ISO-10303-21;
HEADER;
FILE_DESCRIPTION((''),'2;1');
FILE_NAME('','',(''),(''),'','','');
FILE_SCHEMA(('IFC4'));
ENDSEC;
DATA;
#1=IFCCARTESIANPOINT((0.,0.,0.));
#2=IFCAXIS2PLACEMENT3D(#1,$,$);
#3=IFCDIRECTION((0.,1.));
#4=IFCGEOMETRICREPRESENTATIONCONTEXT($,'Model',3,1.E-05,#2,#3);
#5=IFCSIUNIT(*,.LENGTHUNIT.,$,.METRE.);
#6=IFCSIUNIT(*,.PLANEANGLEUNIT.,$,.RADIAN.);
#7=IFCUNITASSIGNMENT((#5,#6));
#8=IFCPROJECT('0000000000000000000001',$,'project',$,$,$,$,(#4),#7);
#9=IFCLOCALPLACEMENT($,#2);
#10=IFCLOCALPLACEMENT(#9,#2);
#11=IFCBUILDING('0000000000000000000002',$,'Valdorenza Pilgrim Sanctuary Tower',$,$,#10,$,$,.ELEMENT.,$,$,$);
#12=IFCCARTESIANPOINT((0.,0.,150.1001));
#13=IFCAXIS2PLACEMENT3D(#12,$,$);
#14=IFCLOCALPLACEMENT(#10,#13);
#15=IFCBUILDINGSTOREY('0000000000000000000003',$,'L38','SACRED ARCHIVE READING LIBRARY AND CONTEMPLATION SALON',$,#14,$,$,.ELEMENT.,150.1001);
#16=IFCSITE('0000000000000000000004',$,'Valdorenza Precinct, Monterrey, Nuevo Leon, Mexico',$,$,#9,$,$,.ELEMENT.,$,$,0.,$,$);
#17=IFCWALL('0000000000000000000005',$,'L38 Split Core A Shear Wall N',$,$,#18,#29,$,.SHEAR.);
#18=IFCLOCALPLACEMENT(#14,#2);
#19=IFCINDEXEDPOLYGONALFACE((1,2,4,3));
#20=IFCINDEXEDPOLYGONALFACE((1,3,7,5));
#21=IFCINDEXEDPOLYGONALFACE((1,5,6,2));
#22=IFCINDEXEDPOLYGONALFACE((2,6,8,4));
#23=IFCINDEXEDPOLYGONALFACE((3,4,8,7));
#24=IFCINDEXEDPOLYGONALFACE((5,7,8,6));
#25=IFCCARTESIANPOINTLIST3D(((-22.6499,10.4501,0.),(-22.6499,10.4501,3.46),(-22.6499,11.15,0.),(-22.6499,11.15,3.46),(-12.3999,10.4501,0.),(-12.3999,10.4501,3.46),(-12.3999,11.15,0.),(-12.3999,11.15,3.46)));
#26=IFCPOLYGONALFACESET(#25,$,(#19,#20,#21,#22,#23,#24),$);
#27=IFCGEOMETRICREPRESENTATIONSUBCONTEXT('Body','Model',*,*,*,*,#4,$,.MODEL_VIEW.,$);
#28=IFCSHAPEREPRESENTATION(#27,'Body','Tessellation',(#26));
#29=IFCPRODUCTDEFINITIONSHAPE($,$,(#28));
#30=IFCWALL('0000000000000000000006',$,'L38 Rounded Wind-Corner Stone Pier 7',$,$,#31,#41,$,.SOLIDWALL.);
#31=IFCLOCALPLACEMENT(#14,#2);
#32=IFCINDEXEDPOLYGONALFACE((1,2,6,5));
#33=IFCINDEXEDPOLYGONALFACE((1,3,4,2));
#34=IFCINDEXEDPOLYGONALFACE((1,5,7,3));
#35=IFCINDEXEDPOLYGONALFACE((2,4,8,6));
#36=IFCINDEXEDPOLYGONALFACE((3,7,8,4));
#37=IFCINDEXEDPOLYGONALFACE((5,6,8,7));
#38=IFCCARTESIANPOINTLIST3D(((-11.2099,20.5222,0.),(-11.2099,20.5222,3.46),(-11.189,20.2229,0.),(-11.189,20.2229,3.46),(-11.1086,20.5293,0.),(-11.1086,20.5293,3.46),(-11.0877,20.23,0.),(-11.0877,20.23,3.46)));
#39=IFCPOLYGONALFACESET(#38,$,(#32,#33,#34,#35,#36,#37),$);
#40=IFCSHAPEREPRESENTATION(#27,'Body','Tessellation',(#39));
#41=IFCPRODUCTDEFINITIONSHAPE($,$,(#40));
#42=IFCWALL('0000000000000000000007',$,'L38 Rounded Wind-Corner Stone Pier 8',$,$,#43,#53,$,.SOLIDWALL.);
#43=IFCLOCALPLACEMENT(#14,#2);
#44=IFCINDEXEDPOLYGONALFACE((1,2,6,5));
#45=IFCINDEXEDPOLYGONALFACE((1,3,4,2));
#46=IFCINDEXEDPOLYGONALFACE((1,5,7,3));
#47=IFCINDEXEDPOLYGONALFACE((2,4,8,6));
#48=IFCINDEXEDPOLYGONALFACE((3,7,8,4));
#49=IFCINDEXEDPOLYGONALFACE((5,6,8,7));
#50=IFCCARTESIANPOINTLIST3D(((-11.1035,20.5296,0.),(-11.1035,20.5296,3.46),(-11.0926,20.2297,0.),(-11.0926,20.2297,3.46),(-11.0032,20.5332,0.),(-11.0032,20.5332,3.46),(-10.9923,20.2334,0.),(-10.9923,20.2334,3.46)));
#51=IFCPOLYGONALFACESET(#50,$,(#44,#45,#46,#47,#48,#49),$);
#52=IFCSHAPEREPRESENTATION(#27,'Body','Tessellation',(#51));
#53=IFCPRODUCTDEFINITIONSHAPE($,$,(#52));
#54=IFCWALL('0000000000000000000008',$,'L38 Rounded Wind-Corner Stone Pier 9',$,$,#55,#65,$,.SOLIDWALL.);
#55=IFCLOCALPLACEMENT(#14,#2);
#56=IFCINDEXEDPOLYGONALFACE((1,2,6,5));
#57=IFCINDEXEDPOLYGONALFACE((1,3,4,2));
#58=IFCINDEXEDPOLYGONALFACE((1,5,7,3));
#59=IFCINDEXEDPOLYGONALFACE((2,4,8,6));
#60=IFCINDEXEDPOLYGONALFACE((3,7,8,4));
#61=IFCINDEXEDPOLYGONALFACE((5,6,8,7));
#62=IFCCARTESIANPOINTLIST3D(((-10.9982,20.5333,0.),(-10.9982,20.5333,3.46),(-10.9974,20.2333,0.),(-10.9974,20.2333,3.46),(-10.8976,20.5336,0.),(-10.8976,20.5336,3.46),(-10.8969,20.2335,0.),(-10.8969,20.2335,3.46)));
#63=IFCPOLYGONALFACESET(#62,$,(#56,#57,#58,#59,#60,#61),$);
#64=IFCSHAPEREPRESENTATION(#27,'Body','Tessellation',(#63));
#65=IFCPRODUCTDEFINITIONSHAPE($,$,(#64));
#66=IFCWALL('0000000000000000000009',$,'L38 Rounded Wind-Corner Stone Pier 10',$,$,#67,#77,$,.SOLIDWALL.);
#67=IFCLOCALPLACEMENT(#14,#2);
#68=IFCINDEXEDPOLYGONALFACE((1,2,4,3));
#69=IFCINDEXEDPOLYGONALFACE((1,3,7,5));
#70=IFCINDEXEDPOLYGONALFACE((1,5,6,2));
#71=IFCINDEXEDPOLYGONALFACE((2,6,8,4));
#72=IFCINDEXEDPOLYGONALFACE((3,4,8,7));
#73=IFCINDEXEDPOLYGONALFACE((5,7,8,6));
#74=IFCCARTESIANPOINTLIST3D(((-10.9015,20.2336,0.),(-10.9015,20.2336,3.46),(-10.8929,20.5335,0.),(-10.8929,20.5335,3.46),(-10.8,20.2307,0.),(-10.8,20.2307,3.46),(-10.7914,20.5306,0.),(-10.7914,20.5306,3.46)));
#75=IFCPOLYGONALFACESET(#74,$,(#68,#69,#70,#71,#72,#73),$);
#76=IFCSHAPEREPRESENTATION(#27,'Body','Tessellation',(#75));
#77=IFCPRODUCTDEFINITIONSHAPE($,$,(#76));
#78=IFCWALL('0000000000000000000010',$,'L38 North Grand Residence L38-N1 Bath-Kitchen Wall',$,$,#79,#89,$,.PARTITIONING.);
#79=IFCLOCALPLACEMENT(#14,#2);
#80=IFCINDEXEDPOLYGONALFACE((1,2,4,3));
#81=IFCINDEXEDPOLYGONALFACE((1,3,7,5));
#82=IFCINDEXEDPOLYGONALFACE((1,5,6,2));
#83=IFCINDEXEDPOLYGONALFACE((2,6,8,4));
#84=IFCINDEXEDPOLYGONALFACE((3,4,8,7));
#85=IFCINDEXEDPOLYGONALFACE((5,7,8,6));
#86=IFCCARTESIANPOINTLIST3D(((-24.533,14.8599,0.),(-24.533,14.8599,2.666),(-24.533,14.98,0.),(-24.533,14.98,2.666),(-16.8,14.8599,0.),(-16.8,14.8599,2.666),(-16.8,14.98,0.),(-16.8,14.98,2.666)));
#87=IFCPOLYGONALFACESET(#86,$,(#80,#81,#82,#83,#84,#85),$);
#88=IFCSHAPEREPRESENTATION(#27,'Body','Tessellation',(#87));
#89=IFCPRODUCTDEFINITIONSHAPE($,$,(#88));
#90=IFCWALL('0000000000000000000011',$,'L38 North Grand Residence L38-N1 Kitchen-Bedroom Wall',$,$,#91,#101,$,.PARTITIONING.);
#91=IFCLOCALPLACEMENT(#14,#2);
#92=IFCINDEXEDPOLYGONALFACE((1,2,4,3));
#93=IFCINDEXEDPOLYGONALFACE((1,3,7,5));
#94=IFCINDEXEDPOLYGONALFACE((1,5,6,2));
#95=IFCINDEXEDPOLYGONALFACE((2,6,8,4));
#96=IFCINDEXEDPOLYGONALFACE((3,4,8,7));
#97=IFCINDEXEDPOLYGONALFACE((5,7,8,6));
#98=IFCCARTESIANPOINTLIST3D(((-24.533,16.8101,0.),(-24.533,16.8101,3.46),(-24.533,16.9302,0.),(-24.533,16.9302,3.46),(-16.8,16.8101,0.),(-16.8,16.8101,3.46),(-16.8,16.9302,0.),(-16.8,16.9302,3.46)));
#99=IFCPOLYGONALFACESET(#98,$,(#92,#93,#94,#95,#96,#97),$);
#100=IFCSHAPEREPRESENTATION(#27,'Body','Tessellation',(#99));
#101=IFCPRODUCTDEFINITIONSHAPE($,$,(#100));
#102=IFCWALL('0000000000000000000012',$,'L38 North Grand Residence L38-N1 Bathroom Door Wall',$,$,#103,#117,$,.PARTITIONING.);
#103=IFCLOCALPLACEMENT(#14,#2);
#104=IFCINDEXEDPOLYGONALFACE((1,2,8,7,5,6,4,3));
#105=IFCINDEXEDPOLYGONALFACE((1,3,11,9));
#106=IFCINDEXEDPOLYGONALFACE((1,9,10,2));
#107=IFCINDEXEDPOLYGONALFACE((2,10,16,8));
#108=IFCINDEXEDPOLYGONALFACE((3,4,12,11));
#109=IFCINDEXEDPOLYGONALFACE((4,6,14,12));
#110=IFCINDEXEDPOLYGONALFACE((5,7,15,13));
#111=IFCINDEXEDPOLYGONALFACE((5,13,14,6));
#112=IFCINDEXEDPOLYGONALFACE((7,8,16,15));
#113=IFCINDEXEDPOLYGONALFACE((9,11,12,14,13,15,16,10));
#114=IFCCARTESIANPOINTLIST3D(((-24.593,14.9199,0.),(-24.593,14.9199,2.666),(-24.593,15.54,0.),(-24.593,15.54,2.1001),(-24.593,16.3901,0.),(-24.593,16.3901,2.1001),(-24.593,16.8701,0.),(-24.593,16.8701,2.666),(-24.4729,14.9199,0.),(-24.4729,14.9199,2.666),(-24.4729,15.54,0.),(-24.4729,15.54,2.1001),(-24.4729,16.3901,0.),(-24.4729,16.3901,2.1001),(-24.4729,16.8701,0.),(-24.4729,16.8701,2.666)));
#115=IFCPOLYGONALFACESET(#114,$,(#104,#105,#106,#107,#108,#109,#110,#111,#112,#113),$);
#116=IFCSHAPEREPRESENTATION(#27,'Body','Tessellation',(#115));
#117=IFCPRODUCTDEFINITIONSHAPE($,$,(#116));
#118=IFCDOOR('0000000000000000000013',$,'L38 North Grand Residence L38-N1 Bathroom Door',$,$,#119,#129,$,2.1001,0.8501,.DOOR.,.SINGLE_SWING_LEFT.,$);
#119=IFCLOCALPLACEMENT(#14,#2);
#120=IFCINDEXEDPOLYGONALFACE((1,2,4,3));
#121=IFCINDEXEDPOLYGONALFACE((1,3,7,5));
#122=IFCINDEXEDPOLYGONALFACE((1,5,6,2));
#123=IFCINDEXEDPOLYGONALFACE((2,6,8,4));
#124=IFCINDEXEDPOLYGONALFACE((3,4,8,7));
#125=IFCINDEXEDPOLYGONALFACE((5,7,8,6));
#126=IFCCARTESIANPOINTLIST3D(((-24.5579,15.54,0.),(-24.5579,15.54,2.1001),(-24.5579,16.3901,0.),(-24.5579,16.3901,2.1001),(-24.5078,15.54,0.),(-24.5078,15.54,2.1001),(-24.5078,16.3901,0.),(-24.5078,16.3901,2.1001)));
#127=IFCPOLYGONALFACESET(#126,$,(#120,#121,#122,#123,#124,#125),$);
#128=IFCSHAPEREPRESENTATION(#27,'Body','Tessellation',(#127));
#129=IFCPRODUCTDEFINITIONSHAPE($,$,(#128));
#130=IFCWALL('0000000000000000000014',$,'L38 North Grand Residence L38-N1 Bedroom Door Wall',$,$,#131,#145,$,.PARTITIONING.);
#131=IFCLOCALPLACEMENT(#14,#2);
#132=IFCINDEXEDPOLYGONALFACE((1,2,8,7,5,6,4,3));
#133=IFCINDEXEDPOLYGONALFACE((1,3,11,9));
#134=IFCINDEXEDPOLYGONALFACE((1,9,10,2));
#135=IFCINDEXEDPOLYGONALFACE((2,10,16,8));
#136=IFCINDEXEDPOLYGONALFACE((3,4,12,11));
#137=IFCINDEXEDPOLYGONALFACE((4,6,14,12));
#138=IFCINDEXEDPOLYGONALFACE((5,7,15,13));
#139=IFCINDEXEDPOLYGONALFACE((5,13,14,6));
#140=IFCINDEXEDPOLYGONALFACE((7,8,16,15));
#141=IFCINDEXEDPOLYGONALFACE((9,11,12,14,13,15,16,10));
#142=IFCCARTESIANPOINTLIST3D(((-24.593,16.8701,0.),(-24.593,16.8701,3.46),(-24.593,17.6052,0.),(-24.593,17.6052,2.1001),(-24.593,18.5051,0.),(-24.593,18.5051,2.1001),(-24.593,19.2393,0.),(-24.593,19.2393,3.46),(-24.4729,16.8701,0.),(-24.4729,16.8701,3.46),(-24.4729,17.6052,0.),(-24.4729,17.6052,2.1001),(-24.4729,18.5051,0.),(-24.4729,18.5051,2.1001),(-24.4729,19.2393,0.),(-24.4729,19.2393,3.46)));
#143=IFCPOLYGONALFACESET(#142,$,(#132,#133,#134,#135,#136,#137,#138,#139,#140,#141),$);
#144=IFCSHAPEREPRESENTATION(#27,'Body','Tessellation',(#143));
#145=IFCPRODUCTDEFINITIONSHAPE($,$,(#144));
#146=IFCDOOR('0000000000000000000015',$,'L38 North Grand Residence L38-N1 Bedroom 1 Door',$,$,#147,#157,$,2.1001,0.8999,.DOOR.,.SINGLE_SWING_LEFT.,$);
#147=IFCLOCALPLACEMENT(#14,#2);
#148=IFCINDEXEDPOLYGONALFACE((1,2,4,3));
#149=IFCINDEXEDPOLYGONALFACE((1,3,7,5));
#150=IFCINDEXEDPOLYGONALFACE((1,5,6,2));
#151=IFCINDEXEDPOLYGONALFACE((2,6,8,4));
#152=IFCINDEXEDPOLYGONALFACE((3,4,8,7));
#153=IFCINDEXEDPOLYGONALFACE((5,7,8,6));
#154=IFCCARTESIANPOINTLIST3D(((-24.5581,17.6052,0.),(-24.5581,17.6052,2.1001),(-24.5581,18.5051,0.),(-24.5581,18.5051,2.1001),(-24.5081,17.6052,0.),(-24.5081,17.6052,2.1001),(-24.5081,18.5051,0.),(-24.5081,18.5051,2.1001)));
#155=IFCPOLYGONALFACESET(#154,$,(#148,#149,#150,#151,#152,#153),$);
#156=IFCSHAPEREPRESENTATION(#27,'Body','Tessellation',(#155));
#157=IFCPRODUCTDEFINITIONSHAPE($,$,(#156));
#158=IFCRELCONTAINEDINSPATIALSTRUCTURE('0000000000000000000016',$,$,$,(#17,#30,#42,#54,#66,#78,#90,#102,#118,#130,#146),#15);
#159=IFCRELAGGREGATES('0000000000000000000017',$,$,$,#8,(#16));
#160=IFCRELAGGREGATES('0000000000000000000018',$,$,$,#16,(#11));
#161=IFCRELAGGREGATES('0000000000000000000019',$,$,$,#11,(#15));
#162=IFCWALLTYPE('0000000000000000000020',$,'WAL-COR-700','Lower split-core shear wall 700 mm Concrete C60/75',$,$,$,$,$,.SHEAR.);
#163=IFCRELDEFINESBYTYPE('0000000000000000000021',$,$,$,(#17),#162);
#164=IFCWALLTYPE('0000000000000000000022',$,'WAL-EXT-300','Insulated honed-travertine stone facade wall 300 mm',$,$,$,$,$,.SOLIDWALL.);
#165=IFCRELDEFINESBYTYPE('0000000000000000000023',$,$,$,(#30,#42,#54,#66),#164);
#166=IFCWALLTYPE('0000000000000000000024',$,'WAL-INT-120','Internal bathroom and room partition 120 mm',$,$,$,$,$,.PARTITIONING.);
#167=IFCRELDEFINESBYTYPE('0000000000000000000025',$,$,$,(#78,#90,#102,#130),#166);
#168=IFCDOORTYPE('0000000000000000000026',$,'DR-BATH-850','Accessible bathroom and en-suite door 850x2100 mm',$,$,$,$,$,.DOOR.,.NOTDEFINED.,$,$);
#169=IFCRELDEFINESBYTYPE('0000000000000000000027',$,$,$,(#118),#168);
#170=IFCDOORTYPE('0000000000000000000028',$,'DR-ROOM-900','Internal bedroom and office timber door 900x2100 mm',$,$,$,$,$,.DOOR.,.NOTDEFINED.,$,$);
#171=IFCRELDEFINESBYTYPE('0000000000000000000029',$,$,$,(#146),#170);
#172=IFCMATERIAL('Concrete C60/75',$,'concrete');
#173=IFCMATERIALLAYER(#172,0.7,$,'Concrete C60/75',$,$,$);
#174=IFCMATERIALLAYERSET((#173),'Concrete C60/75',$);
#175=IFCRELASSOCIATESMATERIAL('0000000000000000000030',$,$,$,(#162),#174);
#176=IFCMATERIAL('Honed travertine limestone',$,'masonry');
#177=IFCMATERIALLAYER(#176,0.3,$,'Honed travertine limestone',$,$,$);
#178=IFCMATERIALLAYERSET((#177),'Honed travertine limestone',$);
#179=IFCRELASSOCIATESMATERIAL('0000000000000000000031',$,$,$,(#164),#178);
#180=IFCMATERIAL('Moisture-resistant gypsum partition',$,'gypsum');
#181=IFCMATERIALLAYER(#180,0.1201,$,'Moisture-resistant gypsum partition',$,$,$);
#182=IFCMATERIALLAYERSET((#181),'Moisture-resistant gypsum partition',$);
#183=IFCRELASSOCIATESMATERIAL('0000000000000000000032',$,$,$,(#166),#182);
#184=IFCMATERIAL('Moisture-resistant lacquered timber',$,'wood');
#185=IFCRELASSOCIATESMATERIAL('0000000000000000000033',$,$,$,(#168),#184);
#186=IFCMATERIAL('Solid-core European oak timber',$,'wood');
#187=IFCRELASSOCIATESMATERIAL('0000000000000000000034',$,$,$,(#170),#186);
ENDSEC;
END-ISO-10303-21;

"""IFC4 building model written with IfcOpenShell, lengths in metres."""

from ifc_helpers import new_model, si_unit, direction, frame, frame_2d, origin, place, context, subcontext, project, spatial, rectangle, extrude, material, layer, layer_set, type_object, element, fill, save


model = new_model("IFC4")

# Units and contexts
model_context = context("Model", 3, precision=1e-05, world=origin(), true_north=direction((0.0, 1.0)))
body_context = subcontext(model_context, "Body", "Model", "MODEL_VIEW")
ifc_project = project(units=[si_unit("LENGTHUNIT", "METRE"), si_unit("PLANEANGLEUNIT", "RADIAN")], contexts=[model_context])

# Site, building, storey
site_placement = place(None, origin())
site = spatial("IfcSite", under=ifc_project, at=site_placement, Name="Valdorenza Precinct, Monterrey, Nuevo Leon, Mexico", CompositionType="ELEMENT", RefElevation=0.0)
building_placement = place(site_placement, origin())
building = spatial("IfcBuilding", under=site, at=building_placement, Name="Valdorenza Pilgrim Sanctuary Tower", CompositionType="ELEMENT")
storey_placement = place(building_placement, frame((0.0, 0.0, 150.1001)))
storey = spatial("IfcBuildingStorey", under=building, at=storey_placement, Name="L38", Description="SACRED ARCHIVE READING LIBRARY AND CONTEMPLATION SALON", CompositionType="ELEMENT", Elevation=150.1001)

# Shared definitions
ifc_material_1 = material(Name="Concrete C60/75", Category="concrete")

# Shared definitions
ifc_material_2 = material(Name="Honed travertine limestone", Category="masonry")

# Walls
ifc_layer_1 = layer(ifc_material_1, 0.7, Name="Concrete C60/75")
ifc_layer_set_1 = layer_set([ifc_layer_1], Name="Concrete C60/75")
wall_type_1 = type_object("IfcWallType", Name="WAL-COR-700", Description="Lower split-core shear wall 700 mm Concrete C60/75", PredefinedType="SHEAR", material=ifc_layer_set_1)
wall_1_placement = place(storey_placement, frame((-22.6499, 10.8, 0.0), z_axis=(0.0, 0.0, 1.0), x_axis=(1.0, 0.0, 0.0)))
element("IfcWall", 1, at=wall_1_placement, inside=storey, type_object=wall_type_1, Name="L38 Split Core A Shear Wall N", PredefinedType="SHEAR", context=body_context, shape_type="SweptSolid", body=[
    extrude(rectangle(XDim=10.25, YDim=0.7, at=frame_2d((5.125, 0.0))), origin(), (0.0, 0.0, 1.0), 3.46),
])
ifc_layer_2 = layer(ifc_material_2, 0.3, Name="Honed travertine limestone")
ifc_layer_set_2 = layer_set([ifc_layer_2], Name="Honed travertine limestone")
wall_type_2 = type_object("IfcWallType", Name="WAL-EXT-300", Description="Insulated honed-travertine stone facade wall 300 mm", PredefinedType="SOLIDWALL", material=ifc_layer_set_2)
wall_2_placement = place(storey_placement, frame((-11.1995, 20.3726, 0.0), z_axis=(0.0, 0.0, 1.0), x_axis=(0.997567, 0.06971, 0.0)))
element("IfcWall", 2, at=wall_2_placement, inside=storey, type_object=wall_type_2, Name="L38 Rounded Wind-Corner Stone Pier 7", PredefinedType="SOLIDWALL", context=body_context, shape_type="SweptSolid", body=[
    extrude(rectangle(XDim=0.1016, YDim=0.3, at=frame_2d((0.0508, 0.0))), origin(), (0.0, 0.0, 1.0), 3.46),
])
wall_3_placement = place(storey_placement, frame((-11.0981, 20.3796, 0.0), z_axis=(0.0, 0.0, 1.0), x_axis=(0.999335, 0.036472, 0.0)))
element("IfcWall", 3, at=wall_3_placement, inside=storey, type_object=wall_type_2, Name="L38 Rounded Wind-Corner Stone Pier 8", PredefinedType="SOLIDWALL", context=body_context, shape_type="SweptSolid", body=[
    extrude(rectangle(XDim=0.1003, YDim=0.3, at=frame_2d((0.0503, 0.0))), origin(), (0.0, 0.0, 1.0), 3.46),
])
wall_4_placement = place(storey_placement, frame((-10.9978, 20.3833, 0.0), z_axis=(0.0, 0.0, 1.0), x_axis=(0.999997, 0.002427, 0.0)))
element("IfcWall", 4, at=wall_4_placement, inside=storey, type_object=wall_type_2, Name="L38 Rounded Wind-Corner Stone Pier 9", PredefinedType="SOLIDWALL", context=body_context, shape_type="SweptSolid", body=[
    extrude(rectangle(XDim=0.1006, YDim=0.3, at=frame_2d((0.0503, 0.0))), origin(), (0.0, 0.0, 1.0), 3.46),
])
wall_5_placement = place(storey_placement, frame((-10.8972, 20.3835, 0.0), z_axis=(0.0, 0.0, 1.0), x_axis=(0.999584, -0.028834, 0.0)))
element("IfcWall", 5, at=wall_5_placement, inside=storey, type_object=wall_type_2, Name="L38 Rounded Wind-Corner Stone Pier 10", PredefinedType="SOLIDWALL", context=body_context, shape_type="SweptSolid", body=[
    extrude(rectangle(XDim=0.1016, YDim=0.3, at=frame_2d((0.0508, 0.0))), origin(), (0.0, 0.0, 1.0), 3.46),
])
ifc_material_3 = material(Name="Moisture-resistant gypsum partition", Category="gypsum")
ifc_layer_3 = layer(ifc_material_3, 0.1201, Name="Moisture-resistant gypsum partition")
ifc_layer_set_3 = layer_set([ifc_layer_3], Name="Moisture-resistant gypsum partition")
wall_type_3 = type_object("IfcWallType", Name="WAL-INT-120", Description="Internal bathroom and room partition 120 mm", PredefinedType="PARTITIONING", material=ifc_layer_set_3)
wall_6_placement = place(storey_placement, frame((-24.533, 14.9199, 0.0), z_axis=(0.0, 0.0, 1.0), x_axis=(1.0, 0.0, 0.0)))
element("IfcWall", 6, at=wall_6_placement, inside=storey, type_object=wall_type_3, Name="L38 North Grand Residence L38-N1 Bath-Kitchen Wall", PredefinedType="PARTITIONING", context=body_context, shape_type="SweptSolid", body=[
    extrude(rectangle(XDim=7.7329, YDim=0.1201, at=frame_2d((3.8665, 0.0))), origin(), (0.0, 0.0, 1.0), 2.666),
])
wall_7_placement = place(storey_placement, frame((-24.533, 16.8701, 0.0), z_axis=(0.0, 0.0, 1.0), x_axis=(1.0, 0.0, 0.0)))
element("IfcWall", 7, at=wall_7_placement, inside=storey, type_object=wall_type_3, Name="L38 North Grand Residence L38-N1 Kitchen-Bedroom Wall", PredefinedType="PARTITIONING", context=body_context, shape_type="SweptSolid", body=[
    extrude(rectangle(XDim=7.7329, YDim=0.1201, at=frame_2d((3.8665, 0.0))), origin(), (0.0, 0.0, 1.0), 3.46),
])

# Walls, openings, doors
wall_8_placement = place(storey_placement, frame((-24.533, 14.9199, 0.0), z_axis=(0.0, 0.0, 1.0), x_axis=(0.0, 1.0, 0.0)))
wall_8 = element("IfcWall", 8, at=wall_8_placement, inside=storey, type_object=wall_type_3, Name="L38 North Grand Residence L38-N1 Bathroom Door Wall", PredefinedType="PARTITIONING", context=body_context, shape_type="SweptSolid", body=[
    extrude(rectangle(XDim=1.9502, YDim=0.1201, at=frame_2d((0.9751, 0.0))), origin(), (0.0, 0.0, 1.0), 2.666),
])
opening_1_placement = place(wall_8_placement, frame((0.6201, 0.0, 0.0)))
opening_1 = element("IfcOpeningElement", 9, at=opening_1_placement, cuts=wall_8, PredefinedType="OPENING", context=body_context, shape_type="SweptSolid", body=[
    extrude(rectangle(XDim=0.8501, YDim=2.1001, at=frame_2d((0.425, 1.05))), frame((0.0, 0.075, 0.0), z_axis=(0.0, -1.0, 0.0), x_axis=(1.0, 0.0, 0.0)), (0.0, 0.0, 1.0), 0.1499),
])
ifc_material_4 = material(Name="Moisture-resistant lacquered timber", Category="wood")
door_type_1 = type_object("IfcDoorType", Name="DR-BATH-850", Description="Accessible bathroom and en-suite door 850x2100 mm", OperationType="NOTDEFINED", PredefinedType="DOOR", material=ifc_material_4)
door_1_placement = place(opening_1_placement, origin())
door_1 = element("IfcDoor", 10, at=door_1_placement, inside=storey, type_object=door_type_1, Name="L38 North Grand Residence L38-N1 Bathroom Door", OperationType="SINGLE_SWING_LEFT", OverallHeight=2.1001, OverallWidth=0.8501, PredefinedType="DOOR", context=body_context, shape_type="SweptSolid", body=[
    extrude(rectangle(XDim=0.8501, YDim=2.1001, at=frame_2d((0.425, 1.05))), frame((0.0, 0.0249, 0.0), z_axis=(0.0, -1.0, 0.0), x_axis=(1.0, 0.0, 0.0)), (0.0, 0.0, 1.0), 0.05),
])
fill(opening_1, door_1)
wall_9_placement = place(storey_placement, frame((-24.533, 16.8701, 0.0), z_axis=(0.0, 0.0, 1.0), x_axis=(0.0, 1.0, 0.0)))
wall_9 = element("IfcWall", 11, at=wall_9_placement, inside=storey, type_object=wall_type_3, Name="L38 North Grand Residence L38-N1 Bedroom Door Wall", PredefinedType="PARTITIONING", context=body_context, shape_type="SweptSolid", body=[
    extrude(rectangle(XDim=2.3691, YDim=0.1201, at=frame_2d((1.1846, 0.0))), origin(), (0.0, 0.0, 1.0), 3.46),
])
opening_2_placement = place(wall_9_placement, frame((0.7351, 0.0, 0.0)))
opening_2 = element("IfcOpeningElement", 12, at=opening_2_placement, cuts=wall_9, PredefinedType="OPENING", context=body_context, shape_type="SweptSolid", body=[
    extrude(rectangle(XDim=0.8999, YDim=2.1001, at=frame_2d((0.45, 1.05))), frame((0.0, 0.075, 0.0), z_axis=(0.0, -1.0, 0.0), x_axis=(1.0, 0.0, 0.0)), (0.0, 0.0, 1.0), 0.1499),
])
ifc_material_5 = material(Name="Solid-core European oak timber", Category="wood")
door_type_2 = type_object("IfcDoorType", Name="DR-ROOM-900", Description="Internal bedroom and office timber door 900x2100 mm", OperationType="NOTDEFINED", PredefinedType="DOOR", material=ifc_material_5)
door_2_placement = place(opening_2_placement, frame((0.8999, 0.0, 0.0), z_axis=(0.0, 0.0, 1.0), x_axis=(-1.0, 0.0, 0.0)))
door_2 = element("IfcDoor", 13, at=door_2_placement, inside=storey, type_object=door_type_2, Name="L38 North Grand Residence L38-N1 Bedroom 1 Door", OperationType="SINGLE_SWING_LEFT", OverallHeight=2.1001, OverallWidth=0.8999, PredefinedType="DOOR", context=body_context, shape_type="SweptSolid", body=[
    extrude(rectangle(XDim=0.8999, YDim=2.1001, at=frame_2d((0.45, 1.05))), frame((0.0, 0.0249, 0.0), z_axis=(0.0, -1.0, 0.0), x_axis=(1.0, 0.0, 0.0)), (0.0, 0.0, 1.0), 0.05),
])
fill(opening_2, door_2)

save(model, "model.ifc")
